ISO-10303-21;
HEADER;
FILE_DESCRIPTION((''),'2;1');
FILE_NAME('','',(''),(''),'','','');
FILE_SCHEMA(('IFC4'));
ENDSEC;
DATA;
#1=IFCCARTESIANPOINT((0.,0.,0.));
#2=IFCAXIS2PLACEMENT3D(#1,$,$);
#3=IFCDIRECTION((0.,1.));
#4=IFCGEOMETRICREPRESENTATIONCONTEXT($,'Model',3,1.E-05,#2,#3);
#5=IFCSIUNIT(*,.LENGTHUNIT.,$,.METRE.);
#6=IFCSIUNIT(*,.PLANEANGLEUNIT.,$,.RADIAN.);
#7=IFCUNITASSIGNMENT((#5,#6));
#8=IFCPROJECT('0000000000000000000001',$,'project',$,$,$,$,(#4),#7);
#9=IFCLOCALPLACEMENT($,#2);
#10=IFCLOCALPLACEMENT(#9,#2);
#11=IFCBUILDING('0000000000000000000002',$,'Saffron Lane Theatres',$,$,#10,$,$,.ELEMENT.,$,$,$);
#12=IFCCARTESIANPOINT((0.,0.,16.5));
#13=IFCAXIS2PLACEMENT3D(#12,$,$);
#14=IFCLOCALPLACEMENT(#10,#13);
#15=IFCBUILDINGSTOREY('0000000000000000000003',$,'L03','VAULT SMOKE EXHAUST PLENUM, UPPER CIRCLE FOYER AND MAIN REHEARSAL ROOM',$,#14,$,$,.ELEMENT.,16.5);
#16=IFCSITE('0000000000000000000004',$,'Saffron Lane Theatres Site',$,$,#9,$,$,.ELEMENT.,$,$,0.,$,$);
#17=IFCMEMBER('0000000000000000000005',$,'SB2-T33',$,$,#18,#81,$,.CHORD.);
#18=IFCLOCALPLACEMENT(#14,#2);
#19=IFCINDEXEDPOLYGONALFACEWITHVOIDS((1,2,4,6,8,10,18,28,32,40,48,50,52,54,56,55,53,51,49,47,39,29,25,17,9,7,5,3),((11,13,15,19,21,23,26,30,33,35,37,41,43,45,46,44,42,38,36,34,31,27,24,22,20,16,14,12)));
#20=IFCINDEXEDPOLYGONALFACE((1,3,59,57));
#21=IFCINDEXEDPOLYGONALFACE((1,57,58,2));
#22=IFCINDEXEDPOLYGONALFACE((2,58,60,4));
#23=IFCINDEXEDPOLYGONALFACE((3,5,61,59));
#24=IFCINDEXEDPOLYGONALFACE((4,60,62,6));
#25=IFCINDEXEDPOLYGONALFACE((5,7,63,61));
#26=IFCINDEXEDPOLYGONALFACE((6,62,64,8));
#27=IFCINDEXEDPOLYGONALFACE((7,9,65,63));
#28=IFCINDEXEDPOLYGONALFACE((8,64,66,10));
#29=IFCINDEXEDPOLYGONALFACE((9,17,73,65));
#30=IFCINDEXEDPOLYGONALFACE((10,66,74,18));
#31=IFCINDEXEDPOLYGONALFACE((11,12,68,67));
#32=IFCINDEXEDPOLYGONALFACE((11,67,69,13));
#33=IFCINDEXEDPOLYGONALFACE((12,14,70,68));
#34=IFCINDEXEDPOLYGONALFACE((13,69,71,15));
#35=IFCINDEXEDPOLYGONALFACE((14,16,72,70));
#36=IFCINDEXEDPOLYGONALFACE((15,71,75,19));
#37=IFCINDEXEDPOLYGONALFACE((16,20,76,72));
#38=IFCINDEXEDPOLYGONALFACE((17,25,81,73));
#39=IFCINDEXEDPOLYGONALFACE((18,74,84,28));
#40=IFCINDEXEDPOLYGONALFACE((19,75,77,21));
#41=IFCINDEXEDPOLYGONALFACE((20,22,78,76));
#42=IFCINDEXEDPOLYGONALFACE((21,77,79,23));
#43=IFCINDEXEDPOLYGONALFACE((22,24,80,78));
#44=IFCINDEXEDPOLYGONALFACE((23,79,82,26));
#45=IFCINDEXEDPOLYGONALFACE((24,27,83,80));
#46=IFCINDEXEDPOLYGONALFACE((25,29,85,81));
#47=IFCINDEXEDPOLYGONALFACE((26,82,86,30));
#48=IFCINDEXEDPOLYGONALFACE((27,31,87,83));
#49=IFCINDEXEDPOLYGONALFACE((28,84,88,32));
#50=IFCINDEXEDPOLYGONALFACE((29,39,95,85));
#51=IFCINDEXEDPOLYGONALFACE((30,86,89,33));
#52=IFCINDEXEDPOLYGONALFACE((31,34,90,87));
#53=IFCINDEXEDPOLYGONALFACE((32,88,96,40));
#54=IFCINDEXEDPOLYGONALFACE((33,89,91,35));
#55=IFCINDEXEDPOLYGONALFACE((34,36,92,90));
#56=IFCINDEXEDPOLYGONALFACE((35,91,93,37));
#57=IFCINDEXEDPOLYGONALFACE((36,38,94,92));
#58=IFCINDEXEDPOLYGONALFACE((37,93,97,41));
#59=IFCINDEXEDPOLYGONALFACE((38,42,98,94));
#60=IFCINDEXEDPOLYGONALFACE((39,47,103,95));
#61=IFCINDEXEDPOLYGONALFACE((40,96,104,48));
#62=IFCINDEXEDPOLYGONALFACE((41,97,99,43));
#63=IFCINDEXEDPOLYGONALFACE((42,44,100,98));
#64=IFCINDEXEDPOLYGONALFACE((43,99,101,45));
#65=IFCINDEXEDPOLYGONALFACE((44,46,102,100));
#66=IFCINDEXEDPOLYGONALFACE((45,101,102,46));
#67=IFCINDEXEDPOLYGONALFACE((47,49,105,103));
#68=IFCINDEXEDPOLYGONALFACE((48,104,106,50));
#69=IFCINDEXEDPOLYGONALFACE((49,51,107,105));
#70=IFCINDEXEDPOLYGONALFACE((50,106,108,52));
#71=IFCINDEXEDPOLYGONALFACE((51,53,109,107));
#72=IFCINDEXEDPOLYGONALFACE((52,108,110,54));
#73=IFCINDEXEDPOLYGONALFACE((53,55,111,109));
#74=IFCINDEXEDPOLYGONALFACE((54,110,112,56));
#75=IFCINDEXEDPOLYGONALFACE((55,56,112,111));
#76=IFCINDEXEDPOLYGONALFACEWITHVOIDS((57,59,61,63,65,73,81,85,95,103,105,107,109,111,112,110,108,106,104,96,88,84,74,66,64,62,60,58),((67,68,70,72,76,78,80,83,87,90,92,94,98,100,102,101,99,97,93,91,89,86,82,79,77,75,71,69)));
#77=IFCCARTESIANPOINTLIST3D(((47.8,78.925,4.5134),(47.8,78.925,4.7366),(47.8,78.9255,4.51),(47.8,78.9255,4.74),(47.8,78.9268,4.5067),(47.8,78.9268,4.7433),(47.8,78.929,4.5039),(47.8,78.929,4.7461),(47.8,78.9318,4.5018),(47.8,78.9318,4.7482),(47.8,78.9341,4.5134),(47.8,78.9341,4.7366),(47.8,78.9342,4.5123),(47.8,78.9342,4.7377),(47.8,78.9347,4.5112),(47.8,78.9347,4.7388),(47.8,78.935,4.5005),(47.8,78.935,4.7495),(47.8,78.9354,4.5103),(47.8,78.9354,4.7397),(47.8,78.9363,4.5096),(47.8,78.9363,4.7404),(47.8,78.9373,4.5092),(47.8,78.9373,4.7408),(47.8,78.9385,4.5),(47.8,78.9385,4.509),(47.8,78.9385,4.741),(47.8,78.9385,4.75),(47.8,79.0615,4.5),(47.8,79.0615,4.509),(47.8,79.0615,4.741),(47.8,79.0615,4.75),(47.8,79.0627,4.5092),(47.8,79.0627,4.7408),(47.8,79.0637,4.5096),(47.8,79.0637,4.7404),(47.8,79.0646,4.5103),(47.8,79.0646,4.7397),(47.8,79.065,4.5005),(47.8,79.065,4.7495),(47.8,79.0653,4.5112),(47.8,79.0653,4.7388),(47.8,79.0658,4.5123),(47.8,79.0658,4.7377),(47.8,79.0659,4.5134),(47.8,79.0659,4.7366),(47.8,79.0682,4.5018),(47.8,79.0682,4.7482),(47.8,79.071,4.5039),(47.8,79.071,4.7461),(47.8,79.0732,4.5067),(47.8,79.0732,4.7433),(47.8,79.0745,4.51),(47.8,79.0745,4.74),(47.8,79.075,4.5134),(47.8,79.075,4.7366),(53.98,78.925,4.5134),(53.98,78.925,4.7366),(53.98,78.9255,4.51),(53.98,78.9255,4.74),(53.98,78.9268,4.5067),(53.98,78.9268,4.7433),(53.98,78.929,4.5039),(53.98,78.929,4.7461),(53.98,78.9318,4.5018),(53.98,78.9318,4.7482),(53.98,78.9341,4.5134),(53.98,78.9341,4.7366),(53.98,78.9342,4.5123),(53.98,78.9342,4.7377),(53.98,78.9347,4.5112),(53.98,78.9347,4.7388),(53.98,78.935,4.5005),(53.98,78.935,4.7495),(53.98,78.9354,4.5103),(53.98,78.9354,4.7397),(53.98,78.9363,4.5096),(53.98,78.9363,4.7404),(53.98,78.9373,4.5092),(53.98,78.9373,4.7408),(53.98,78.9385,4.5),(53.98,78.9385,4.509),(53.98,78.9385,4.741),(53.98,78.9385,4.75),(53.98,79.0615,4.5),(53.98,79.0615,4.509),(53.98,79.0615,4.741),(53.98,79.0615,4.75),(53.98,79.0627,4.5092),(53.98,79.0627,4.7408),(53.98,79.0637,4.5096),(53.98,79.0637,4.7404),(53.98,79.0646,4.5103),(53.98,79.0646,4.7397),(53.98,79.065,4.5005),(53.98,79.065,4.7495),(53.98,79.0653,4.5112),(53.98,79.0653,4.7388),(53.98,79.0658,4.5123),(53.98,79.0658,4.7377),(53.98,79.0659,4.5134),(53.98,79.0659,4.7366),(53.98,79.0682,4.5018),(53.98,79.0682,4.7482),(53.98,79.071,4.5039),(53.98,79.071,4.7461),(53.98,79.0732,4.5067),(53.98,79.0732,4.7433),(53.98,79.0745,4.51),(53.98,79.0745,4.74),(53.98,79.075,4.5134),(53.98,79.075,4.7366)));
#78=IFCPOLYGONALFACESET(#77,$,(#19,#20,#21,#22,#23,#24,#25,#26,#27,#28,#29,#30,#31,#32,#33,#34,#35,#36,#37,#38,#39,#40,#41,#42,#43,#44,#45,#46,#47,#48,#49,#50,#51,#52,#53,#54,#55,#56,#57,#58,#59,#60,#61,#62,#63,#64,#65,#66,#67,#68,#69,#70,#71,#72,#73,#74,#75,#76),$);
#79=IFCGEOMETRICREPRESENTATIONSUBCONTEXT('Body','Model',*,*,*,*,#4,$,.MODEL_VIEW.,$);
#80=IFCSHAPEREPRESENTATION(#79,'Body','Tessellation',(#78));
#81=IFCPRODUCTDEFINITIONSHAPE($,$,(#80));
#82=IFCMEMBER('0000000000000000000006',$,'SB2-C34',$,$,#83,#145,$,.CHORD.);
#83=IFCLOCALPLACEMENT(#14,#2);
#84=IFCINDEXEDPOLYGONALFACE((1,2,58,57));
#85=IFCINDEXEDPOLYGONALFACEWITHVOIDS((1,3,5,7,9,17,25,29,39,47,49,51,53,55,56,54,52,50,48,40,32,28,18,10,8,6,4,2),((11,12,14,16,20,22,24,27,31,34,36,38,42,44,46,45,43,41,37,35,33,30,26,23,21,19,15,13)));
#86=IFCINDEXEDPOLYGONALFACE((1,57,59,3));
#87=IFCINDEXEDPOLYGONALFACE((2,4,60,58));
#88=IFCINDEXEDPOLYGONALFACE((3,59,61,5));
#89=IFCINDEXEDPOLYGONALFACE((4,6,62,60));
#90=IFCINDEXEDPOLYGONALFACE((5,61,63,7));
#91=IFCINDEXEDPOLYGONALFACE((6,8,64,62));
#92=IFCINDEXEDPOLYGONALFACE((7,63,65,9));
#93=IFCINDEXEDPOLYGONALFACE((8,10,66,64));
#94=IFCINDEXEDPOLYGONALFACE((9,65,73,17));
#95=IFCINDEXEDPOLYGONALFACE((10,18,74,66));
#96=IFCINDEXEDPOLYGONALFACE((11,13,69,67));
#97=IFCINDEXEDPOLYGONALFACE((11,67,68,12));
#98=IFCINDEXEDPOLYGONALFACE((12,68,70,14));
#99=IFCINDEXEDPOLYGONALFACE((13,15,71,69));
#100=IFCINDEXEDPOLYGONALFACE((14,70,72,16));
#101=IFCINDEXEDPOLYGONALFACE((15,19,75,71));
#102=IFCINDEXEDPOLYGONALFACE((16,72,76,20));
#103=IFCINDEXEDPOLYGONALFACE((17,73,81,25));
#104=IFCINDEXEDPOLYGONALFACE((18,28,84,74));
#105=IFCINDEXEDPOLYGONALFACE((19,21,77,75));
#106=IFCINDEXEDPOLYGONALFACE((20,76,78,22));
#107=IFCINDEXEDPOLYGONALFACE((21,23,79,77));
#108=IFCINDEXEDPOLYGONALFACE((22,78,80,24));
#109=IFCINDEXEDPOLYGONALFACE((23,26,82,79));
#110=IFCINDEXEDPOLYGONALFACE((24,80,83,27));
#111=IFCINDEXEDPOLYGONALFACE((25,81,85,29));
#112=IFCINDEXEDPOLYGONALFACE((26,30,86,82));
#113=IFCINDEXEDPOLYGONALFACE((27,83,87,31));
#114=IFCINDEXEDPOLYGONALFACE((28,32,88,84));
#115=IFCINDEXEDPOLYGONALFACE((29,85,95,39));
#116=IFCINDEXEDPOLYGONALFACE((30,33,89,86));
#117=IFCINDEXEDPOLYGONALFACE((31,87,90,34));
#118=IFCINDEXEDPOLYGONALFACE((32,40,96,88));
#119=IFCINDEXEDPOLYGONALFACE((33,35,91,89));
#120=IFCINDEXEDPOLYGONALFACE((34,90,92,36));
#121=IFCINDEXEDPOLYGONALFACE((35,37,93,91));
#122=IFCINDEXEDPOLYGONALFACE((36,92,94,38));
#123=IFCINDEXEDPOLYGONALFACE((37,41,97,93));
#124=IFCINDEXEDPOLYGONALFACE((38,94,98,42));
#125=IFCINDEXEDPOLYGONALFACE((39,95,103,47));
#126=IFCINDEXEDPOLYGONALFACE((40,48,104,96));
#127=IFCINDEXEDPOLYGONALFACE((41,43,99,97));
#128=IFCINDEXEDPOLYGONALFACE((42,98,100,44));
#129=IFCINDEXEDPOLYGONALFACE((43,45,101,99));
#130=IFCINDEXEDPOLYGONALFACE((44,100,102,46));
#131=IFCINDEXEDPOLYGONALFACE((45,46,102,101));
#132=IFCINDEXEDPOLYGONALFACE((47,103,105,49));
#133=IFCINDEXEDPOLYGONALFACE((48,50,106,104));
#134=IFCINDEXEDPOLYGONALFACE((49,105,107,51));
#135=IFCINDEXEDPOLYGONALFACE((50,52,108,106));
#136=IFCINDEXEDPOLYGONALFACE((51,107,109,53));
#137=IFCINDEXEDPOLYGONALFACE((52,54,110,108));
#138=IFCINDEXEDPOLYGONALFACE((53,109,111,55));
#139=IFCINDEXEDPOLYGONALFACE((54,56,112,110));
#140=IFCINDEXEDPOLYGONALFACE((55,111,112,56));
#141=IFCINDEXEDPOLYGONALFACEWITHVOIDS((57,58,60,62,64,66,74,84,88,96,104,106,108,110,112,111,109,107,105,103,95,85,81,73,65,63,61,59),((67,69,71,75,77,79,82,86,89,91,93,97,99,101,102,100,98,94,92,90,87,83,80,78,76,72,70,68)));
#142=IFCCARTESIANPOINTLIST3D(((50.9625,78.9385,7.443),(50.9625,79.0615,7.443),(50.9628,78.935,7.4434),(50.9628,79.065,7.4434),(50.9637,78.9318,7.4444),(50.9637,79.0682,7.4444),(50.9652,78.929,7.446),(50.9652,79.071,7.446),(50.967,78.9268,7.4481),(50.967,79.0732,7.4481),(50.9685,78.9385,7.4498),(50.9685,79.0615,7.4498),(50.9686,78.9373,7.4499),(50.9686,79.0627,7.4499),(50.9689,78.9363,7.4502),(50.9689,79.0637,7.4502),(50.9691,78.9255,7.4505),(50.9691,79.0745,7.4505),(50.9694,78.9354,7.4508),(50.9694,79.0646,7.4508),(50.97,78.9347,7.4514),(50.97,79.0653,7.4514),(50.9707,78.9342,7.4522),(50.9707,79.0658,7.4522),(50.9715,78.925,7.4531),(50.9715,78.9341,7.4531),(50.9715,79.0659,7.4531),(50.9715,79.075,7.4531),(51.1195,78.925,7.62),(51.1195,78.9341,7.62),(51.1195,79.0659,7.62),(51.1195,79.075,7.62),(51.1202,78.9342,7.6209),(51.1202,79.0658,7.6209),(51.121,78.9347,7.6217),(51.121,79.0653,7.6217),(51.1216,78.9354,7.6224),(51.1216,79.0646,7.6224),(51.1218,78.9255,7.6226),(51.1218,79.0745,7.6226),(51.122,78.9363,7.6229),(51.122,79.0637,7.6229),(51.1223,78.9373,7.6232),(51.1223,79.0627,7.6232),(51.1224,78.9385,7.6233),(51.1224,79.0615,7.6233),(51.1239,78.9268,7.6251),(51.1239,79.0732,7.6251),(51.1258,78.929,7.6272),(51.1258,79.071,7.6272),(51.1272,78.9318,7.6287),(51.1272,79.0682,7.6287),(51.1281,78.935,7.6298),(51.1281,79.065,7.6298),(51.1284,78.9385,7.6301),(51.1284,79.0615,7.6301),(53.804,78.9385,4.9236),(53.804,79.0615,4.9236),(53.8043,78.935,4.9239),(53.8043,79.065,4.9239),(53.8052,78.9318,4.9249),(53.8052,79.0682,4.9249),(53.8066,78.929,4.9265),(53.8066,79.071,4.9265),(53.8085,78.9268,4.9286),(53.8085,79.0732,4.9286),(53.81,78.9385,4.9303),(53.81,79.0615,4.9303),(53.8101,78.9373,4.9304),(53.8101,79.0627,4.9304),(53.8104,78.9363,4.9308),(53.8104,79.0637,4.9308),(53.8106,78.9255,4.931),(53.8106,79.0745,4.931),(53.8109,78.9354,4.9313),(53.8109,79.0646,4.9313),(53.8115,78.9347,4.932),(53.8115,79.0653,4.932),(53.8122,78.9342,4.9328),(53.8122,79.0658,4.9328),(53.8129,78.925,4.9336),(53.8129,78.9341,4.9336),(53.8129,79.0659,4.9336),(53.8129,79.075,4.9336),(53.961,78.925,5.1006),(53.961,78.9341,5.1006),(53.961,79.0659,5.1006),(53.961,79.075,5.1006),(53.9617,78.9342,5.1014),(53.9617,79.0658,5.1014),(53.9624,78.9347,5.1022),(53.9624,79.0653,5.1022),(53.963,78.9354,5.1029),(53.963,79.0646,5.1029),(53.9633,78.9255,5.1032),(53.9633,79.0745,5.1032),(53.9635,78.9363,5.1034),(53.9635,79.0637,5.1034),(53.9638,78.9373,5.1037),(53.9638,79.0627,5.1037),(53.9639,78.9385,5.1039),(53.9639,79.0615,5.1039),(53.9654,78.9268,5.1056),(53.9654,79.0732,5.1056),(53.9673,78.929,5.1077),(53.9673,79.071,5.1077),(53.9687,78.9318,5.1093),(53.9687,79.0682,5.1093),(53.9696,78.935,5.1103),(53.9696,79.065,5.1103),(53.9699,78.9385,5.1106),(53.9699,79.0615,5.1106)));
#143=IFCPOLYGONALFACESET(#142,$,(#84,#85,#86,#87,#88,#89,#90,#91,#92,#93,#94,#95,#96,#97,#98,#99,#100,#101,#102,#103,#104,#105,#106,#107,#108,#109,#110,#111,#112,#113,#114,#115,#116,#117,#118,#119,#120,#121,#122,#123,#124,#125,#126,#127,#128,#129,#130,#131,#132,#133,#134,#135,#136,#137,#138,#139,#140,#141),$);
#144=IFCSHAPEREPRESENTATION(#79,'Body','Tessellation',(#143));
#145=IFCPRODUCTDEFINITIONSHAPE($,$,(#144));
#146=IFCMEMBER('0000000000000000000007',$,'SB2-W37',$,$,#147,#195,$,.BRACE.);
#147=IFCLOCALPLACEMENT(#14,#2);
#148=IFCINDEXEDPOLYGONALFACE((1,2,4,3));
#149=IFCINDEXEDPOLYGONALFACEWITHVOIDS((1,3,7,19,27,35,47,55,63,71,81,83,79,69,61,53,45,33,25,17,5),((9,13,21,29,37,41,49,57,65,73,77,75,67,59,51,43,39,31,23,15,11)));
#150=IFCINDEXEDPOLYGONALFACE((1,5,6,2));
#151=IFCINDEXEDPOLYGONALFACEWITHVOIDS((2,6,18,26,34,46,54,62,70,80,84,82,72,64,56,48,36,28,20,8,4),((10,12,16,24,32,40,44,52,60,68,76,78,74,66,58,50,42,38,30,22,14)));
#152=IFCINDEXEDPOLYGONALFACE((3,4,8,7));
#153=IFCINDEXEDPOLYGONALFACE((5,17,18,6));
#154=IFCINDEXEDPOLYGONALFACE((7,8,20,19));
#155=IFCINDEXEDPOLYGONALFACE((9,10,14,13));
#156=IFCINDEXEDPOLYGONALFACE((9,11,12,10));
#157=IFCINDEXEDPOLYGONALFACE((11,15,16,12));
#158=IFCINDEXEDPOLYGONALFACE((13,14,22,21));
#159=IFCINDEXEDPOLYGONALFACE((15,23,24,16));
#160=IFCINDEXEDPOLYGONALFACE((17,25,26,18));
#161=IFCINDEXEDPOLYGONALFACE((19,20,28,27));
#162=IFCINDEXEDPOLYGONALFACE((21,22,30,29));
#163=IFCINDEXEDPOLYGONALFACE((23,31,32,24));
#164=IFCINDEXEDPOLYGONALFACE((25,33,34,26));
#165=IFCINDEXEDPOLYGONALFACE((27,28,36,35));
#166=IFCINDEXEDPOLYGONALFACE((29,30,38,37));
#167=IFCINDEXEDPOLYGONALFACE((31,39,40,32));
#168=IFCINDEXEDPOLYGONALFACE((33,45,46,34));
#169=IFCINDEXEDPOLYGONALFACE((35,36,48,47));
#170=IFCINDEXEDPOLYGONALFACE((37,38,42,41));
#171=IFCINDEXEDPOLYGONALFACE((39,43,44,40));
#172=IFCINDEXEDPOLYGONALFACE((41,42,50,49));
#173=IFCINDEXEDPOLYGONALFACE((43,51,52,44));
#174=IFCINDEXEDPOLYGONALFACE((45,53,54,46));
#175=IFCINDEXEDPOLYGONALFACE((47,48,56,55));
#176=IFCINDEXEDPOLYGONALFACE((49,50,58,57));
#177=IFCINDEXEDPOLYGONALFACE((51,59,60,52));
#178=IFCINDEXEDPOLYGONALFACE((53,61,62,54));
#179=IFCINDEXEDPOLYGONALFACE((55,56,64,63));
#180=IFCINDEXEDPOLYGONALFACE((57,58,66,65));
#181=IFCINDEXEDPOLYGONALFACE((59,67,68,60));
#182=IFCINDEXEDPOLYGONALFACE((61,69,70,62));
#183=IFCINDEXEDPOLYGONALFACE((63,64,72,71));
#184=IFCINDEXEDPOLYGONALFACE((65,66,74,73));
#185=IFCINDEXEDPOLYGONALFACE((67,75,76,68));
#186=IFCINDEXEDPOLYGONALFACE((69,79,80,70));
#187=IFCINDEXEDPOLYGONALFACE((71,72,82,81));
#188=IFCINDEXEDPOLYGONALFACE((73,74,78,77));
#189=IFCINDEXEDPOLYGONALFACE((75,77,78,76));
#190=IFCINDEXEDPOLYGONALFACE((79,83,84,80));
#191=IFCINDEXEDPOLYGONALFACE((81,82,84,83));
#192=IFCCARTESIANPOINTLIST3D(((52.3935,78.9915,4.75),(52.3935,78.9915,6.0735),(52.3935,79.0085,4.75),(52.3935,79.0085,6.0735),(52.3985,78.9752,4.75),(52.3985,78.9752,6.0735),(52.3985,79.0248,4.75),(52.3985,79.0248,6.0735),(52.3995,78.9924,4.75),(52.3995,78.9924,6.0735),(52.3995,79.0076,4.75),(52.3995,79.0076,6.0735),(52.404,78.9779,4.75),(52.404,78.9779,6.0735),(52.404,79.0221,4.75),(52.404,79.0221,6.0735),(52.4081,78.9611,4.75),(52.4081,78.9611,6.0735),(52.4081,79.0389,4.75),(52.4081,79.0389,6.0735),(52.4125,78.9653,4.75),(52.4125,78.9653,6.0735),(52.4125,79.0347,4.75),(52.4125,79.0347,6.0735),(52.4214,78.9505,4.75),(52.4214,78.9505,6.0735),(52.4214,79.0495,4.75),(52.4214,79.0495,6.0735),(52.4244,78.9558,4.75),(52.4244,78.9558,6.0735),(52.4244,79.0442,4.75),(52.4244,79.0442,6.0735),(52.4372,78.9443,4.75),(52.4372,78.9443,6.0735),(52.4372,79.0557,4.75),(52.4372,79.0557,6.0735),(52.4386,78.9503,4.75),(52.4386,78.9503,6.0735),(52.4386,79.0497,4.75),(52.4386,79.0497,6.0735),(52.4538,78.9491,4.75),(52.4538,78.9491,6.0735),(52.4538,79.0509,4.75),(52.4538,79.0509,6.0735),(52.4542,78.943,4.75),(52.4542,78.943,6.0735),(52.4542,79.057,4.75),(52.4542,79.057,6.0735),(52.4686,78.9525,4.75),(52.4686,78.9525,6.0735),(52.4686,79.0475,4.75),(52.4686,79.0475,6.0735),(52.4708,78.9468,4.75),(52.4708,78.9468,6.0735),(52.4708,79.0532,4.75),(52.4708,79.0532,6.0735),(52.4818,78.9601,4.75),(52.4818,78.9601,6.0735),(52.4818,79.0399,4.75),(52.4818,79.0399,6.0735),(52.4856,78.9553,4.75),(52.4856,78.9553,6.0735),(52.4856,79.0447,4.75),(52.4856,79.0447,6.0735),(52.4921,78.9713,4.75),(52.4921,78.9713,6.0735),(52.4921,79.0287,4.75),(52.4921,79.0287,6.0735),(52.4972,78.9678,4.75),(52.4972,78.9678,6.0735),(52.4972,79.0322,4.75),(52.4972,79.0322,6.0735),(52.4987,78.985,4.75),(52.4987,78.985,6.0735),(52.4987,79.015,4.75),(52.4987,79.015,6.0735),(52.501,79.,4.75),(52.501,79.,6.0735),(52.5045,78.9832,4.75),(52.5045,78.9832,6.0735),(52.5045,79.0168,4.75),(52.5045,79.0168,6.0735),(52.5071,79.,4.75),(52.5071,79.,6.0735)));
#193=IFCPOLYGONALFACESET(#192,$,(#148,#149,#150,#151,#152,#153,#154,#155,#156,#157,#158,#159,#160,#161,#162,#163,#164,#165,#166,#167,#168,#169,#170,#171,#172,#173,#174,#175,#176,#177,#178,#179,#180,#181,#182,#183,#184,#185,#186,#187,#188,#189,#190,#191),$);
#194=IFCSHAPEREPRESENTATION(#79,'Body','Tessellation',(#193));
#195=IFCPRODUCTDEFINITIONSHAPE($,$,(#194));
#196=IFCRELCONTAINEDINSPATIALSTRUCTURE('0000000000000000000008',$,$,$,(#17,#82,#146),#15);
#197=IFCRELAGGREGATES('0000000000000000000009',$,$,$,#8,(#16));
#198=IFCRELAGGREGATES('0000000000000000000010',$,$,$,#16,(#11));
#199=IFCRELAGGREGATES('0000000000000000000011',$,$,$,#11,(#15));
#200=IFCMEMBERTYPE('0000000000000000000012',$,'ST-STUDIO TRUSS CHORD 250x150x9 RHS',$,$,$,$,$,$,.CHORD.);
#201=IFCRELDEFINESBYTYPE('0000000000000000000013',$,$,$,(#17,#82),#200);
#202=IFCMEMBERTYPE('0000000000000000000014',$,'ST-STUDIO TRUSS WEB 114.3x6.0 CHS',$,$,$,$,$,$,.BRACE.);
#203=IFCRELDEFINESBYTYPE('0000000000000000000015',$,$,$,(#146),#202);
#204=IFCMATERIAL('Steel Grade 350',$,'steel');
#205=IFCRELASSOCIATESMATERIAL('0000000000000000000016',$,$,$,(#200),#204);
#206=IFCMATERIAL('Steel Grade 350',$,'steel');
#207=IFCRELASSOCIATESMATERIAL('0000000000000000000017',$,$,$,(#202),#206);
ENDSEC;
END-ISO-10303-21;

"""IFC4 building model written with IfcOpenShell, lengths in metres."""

from ifc_helpers import new_model, si_unit, direction, frame, origin, origin_2d, place, context, subcontext, project, spatial, hollow_rectangle, hollow_circle, extrude, material, material_profile, profile_set, type_object, element, save


model = new_model("IFC4")

# Units and contexts
model_context = context("Model", 3, precision=1e-05, world=origin(), true_north=direction((0.0, 1.0)))
body_context = subcontext(model_context, "Body", "Model", "MODEL_VIEW")
ifc_project = project(units=[si_unit("LENGTHUNIT", "METRE"), si_unit("PLANEANGLEUNIT", "RADIAN")], contexts=[model_context])

# Site, building, storey
site_placement = place(None, origin())
site = spatial("IfcSite", under=ifc_project, at=site_placement, Name="Saffron Lane Theatres Site", CompositionType="ELEMENT", RefElevation=0.0)
building_placement = place(site_placement, origin())
building = spatial("IfcBuilding", under=site, at=building_placement, Name="Saffron Lane Theatres", CompositionType="ELEMENT")
storey_placement = place(building_placement, frame((0.0, 0.0, 16.5)))
storey = spatial("IfcBuildingStorey", under=building, at=storey_placement, Name="L03", Description="VAULT SMOKE EXHAUST PLENUM, UPPER CIRCLE FOYER AND MAIN REHEARSAL ROOM", CompositionType="ELEMENT", Elevation=16.5)

# Members
ifc_material_1 = material(Name="Steel Grade 350", Category="steel")
ifc_material_profile_1 = material_profile(ifc_material_1, hollow_rectangle(XDim=0.1499, YDim=0.25, WallThickness=0.009, InnerFilletRadius=0.0044, OuterFilletRadius=0.0134, at=origin_2d()))
ifc_profile_set_1 = profile_set([ifc_material_profile_1], Name="Steel Grade 350")
member_type_1 = type_object("IfcMemberType", Name="ST-STUDIO TRUSS CHORD 250x150x9 RHS", PredefinedType="CHORD", material=ifc_profile_set_1)
member_1_placement = place(storey_placement, frame((53.98, 79.0, 4.625), z_axis=(-1.0, 0.0, 0.0), x_axis=(0.0, -1.0, 0.0)))
element("IfcMember", 1, at=member_1_placement, inside=storey, type_object=member_type_1, Name="SB2-T33", PredefinedType="CHORD", context=body_context, shape_type="SweptSolid", body=[
    extrude(hollow_rectangle(XDim=0.1499, YDim=0.25, WallThickness=0.009, InnerFilletRadius=0.0044, OuterFilletRadius=0.0134, at=origin_2d()), origin(), (0.0, 0.0, 1.0), 6.1799),
])
member_2_placement = place(storey_placement, frame((53.887, 79.0, 5.0171), z_axis=(-0.748232, 0.0, 0.663438), x_axis=(0.0, -1.0, 0.0)))
element("IfcMember", 2, at=member_2_placement, inside=storey, type_object=member_type_1, Name="SB2-C34", PredefinedType="CHORD", context=body_context, shape_type="SweptSolid", body=[
    extrude(hollow_rectangle(XDim=0.1499, YDim=0.25, WallThickness=0.009, InnerFilletRadius=0.0044, OuterFilletRadius=0.0134, at=origin_2d()), origin(), (0.0, 0.0, 1.0), 3.7976),
])
ifc_material_2 = material(Name="Steel Grade 350", Category="steel")
ifc_material_profile_2 = material_profile(ifc_material_2, hollow_circle(Radius=0.0571, WallThickness=0.0061, at=origin_2d()))
ifc_profile_set_2 = profile_set([ifc_material_profile_2], Name="Steel Grade 350")
member_type_2 = type_object("IfcMemberType", Name="ST-STUDIO TRUSS WEB 114.3x6.0 CHS", PredefinedType="BRACE", material=ifc_profile_set_2)
member_3_placement = place(storey_placement, frame((52.45, 79.0, 4.75), z_axis=(0.0, 0.0, 1.0), x_axis=(1.0, 0.0, 0.0)))
element("IfcMember", 3, at=member_3_placement, inside=storey, type_object=member_type_2, Name="SB2-W37", PredefinedType="BRACE", context=body_context, shape_type="SweptSolid", body=[
    extrude(hollow_circle(Radius=0.0571, WallThickness=0.0061, at=origin_2d()), origin(), (0.0, 0.0, 1.0), 1.3235),
])

save(model, "model.ifc")
